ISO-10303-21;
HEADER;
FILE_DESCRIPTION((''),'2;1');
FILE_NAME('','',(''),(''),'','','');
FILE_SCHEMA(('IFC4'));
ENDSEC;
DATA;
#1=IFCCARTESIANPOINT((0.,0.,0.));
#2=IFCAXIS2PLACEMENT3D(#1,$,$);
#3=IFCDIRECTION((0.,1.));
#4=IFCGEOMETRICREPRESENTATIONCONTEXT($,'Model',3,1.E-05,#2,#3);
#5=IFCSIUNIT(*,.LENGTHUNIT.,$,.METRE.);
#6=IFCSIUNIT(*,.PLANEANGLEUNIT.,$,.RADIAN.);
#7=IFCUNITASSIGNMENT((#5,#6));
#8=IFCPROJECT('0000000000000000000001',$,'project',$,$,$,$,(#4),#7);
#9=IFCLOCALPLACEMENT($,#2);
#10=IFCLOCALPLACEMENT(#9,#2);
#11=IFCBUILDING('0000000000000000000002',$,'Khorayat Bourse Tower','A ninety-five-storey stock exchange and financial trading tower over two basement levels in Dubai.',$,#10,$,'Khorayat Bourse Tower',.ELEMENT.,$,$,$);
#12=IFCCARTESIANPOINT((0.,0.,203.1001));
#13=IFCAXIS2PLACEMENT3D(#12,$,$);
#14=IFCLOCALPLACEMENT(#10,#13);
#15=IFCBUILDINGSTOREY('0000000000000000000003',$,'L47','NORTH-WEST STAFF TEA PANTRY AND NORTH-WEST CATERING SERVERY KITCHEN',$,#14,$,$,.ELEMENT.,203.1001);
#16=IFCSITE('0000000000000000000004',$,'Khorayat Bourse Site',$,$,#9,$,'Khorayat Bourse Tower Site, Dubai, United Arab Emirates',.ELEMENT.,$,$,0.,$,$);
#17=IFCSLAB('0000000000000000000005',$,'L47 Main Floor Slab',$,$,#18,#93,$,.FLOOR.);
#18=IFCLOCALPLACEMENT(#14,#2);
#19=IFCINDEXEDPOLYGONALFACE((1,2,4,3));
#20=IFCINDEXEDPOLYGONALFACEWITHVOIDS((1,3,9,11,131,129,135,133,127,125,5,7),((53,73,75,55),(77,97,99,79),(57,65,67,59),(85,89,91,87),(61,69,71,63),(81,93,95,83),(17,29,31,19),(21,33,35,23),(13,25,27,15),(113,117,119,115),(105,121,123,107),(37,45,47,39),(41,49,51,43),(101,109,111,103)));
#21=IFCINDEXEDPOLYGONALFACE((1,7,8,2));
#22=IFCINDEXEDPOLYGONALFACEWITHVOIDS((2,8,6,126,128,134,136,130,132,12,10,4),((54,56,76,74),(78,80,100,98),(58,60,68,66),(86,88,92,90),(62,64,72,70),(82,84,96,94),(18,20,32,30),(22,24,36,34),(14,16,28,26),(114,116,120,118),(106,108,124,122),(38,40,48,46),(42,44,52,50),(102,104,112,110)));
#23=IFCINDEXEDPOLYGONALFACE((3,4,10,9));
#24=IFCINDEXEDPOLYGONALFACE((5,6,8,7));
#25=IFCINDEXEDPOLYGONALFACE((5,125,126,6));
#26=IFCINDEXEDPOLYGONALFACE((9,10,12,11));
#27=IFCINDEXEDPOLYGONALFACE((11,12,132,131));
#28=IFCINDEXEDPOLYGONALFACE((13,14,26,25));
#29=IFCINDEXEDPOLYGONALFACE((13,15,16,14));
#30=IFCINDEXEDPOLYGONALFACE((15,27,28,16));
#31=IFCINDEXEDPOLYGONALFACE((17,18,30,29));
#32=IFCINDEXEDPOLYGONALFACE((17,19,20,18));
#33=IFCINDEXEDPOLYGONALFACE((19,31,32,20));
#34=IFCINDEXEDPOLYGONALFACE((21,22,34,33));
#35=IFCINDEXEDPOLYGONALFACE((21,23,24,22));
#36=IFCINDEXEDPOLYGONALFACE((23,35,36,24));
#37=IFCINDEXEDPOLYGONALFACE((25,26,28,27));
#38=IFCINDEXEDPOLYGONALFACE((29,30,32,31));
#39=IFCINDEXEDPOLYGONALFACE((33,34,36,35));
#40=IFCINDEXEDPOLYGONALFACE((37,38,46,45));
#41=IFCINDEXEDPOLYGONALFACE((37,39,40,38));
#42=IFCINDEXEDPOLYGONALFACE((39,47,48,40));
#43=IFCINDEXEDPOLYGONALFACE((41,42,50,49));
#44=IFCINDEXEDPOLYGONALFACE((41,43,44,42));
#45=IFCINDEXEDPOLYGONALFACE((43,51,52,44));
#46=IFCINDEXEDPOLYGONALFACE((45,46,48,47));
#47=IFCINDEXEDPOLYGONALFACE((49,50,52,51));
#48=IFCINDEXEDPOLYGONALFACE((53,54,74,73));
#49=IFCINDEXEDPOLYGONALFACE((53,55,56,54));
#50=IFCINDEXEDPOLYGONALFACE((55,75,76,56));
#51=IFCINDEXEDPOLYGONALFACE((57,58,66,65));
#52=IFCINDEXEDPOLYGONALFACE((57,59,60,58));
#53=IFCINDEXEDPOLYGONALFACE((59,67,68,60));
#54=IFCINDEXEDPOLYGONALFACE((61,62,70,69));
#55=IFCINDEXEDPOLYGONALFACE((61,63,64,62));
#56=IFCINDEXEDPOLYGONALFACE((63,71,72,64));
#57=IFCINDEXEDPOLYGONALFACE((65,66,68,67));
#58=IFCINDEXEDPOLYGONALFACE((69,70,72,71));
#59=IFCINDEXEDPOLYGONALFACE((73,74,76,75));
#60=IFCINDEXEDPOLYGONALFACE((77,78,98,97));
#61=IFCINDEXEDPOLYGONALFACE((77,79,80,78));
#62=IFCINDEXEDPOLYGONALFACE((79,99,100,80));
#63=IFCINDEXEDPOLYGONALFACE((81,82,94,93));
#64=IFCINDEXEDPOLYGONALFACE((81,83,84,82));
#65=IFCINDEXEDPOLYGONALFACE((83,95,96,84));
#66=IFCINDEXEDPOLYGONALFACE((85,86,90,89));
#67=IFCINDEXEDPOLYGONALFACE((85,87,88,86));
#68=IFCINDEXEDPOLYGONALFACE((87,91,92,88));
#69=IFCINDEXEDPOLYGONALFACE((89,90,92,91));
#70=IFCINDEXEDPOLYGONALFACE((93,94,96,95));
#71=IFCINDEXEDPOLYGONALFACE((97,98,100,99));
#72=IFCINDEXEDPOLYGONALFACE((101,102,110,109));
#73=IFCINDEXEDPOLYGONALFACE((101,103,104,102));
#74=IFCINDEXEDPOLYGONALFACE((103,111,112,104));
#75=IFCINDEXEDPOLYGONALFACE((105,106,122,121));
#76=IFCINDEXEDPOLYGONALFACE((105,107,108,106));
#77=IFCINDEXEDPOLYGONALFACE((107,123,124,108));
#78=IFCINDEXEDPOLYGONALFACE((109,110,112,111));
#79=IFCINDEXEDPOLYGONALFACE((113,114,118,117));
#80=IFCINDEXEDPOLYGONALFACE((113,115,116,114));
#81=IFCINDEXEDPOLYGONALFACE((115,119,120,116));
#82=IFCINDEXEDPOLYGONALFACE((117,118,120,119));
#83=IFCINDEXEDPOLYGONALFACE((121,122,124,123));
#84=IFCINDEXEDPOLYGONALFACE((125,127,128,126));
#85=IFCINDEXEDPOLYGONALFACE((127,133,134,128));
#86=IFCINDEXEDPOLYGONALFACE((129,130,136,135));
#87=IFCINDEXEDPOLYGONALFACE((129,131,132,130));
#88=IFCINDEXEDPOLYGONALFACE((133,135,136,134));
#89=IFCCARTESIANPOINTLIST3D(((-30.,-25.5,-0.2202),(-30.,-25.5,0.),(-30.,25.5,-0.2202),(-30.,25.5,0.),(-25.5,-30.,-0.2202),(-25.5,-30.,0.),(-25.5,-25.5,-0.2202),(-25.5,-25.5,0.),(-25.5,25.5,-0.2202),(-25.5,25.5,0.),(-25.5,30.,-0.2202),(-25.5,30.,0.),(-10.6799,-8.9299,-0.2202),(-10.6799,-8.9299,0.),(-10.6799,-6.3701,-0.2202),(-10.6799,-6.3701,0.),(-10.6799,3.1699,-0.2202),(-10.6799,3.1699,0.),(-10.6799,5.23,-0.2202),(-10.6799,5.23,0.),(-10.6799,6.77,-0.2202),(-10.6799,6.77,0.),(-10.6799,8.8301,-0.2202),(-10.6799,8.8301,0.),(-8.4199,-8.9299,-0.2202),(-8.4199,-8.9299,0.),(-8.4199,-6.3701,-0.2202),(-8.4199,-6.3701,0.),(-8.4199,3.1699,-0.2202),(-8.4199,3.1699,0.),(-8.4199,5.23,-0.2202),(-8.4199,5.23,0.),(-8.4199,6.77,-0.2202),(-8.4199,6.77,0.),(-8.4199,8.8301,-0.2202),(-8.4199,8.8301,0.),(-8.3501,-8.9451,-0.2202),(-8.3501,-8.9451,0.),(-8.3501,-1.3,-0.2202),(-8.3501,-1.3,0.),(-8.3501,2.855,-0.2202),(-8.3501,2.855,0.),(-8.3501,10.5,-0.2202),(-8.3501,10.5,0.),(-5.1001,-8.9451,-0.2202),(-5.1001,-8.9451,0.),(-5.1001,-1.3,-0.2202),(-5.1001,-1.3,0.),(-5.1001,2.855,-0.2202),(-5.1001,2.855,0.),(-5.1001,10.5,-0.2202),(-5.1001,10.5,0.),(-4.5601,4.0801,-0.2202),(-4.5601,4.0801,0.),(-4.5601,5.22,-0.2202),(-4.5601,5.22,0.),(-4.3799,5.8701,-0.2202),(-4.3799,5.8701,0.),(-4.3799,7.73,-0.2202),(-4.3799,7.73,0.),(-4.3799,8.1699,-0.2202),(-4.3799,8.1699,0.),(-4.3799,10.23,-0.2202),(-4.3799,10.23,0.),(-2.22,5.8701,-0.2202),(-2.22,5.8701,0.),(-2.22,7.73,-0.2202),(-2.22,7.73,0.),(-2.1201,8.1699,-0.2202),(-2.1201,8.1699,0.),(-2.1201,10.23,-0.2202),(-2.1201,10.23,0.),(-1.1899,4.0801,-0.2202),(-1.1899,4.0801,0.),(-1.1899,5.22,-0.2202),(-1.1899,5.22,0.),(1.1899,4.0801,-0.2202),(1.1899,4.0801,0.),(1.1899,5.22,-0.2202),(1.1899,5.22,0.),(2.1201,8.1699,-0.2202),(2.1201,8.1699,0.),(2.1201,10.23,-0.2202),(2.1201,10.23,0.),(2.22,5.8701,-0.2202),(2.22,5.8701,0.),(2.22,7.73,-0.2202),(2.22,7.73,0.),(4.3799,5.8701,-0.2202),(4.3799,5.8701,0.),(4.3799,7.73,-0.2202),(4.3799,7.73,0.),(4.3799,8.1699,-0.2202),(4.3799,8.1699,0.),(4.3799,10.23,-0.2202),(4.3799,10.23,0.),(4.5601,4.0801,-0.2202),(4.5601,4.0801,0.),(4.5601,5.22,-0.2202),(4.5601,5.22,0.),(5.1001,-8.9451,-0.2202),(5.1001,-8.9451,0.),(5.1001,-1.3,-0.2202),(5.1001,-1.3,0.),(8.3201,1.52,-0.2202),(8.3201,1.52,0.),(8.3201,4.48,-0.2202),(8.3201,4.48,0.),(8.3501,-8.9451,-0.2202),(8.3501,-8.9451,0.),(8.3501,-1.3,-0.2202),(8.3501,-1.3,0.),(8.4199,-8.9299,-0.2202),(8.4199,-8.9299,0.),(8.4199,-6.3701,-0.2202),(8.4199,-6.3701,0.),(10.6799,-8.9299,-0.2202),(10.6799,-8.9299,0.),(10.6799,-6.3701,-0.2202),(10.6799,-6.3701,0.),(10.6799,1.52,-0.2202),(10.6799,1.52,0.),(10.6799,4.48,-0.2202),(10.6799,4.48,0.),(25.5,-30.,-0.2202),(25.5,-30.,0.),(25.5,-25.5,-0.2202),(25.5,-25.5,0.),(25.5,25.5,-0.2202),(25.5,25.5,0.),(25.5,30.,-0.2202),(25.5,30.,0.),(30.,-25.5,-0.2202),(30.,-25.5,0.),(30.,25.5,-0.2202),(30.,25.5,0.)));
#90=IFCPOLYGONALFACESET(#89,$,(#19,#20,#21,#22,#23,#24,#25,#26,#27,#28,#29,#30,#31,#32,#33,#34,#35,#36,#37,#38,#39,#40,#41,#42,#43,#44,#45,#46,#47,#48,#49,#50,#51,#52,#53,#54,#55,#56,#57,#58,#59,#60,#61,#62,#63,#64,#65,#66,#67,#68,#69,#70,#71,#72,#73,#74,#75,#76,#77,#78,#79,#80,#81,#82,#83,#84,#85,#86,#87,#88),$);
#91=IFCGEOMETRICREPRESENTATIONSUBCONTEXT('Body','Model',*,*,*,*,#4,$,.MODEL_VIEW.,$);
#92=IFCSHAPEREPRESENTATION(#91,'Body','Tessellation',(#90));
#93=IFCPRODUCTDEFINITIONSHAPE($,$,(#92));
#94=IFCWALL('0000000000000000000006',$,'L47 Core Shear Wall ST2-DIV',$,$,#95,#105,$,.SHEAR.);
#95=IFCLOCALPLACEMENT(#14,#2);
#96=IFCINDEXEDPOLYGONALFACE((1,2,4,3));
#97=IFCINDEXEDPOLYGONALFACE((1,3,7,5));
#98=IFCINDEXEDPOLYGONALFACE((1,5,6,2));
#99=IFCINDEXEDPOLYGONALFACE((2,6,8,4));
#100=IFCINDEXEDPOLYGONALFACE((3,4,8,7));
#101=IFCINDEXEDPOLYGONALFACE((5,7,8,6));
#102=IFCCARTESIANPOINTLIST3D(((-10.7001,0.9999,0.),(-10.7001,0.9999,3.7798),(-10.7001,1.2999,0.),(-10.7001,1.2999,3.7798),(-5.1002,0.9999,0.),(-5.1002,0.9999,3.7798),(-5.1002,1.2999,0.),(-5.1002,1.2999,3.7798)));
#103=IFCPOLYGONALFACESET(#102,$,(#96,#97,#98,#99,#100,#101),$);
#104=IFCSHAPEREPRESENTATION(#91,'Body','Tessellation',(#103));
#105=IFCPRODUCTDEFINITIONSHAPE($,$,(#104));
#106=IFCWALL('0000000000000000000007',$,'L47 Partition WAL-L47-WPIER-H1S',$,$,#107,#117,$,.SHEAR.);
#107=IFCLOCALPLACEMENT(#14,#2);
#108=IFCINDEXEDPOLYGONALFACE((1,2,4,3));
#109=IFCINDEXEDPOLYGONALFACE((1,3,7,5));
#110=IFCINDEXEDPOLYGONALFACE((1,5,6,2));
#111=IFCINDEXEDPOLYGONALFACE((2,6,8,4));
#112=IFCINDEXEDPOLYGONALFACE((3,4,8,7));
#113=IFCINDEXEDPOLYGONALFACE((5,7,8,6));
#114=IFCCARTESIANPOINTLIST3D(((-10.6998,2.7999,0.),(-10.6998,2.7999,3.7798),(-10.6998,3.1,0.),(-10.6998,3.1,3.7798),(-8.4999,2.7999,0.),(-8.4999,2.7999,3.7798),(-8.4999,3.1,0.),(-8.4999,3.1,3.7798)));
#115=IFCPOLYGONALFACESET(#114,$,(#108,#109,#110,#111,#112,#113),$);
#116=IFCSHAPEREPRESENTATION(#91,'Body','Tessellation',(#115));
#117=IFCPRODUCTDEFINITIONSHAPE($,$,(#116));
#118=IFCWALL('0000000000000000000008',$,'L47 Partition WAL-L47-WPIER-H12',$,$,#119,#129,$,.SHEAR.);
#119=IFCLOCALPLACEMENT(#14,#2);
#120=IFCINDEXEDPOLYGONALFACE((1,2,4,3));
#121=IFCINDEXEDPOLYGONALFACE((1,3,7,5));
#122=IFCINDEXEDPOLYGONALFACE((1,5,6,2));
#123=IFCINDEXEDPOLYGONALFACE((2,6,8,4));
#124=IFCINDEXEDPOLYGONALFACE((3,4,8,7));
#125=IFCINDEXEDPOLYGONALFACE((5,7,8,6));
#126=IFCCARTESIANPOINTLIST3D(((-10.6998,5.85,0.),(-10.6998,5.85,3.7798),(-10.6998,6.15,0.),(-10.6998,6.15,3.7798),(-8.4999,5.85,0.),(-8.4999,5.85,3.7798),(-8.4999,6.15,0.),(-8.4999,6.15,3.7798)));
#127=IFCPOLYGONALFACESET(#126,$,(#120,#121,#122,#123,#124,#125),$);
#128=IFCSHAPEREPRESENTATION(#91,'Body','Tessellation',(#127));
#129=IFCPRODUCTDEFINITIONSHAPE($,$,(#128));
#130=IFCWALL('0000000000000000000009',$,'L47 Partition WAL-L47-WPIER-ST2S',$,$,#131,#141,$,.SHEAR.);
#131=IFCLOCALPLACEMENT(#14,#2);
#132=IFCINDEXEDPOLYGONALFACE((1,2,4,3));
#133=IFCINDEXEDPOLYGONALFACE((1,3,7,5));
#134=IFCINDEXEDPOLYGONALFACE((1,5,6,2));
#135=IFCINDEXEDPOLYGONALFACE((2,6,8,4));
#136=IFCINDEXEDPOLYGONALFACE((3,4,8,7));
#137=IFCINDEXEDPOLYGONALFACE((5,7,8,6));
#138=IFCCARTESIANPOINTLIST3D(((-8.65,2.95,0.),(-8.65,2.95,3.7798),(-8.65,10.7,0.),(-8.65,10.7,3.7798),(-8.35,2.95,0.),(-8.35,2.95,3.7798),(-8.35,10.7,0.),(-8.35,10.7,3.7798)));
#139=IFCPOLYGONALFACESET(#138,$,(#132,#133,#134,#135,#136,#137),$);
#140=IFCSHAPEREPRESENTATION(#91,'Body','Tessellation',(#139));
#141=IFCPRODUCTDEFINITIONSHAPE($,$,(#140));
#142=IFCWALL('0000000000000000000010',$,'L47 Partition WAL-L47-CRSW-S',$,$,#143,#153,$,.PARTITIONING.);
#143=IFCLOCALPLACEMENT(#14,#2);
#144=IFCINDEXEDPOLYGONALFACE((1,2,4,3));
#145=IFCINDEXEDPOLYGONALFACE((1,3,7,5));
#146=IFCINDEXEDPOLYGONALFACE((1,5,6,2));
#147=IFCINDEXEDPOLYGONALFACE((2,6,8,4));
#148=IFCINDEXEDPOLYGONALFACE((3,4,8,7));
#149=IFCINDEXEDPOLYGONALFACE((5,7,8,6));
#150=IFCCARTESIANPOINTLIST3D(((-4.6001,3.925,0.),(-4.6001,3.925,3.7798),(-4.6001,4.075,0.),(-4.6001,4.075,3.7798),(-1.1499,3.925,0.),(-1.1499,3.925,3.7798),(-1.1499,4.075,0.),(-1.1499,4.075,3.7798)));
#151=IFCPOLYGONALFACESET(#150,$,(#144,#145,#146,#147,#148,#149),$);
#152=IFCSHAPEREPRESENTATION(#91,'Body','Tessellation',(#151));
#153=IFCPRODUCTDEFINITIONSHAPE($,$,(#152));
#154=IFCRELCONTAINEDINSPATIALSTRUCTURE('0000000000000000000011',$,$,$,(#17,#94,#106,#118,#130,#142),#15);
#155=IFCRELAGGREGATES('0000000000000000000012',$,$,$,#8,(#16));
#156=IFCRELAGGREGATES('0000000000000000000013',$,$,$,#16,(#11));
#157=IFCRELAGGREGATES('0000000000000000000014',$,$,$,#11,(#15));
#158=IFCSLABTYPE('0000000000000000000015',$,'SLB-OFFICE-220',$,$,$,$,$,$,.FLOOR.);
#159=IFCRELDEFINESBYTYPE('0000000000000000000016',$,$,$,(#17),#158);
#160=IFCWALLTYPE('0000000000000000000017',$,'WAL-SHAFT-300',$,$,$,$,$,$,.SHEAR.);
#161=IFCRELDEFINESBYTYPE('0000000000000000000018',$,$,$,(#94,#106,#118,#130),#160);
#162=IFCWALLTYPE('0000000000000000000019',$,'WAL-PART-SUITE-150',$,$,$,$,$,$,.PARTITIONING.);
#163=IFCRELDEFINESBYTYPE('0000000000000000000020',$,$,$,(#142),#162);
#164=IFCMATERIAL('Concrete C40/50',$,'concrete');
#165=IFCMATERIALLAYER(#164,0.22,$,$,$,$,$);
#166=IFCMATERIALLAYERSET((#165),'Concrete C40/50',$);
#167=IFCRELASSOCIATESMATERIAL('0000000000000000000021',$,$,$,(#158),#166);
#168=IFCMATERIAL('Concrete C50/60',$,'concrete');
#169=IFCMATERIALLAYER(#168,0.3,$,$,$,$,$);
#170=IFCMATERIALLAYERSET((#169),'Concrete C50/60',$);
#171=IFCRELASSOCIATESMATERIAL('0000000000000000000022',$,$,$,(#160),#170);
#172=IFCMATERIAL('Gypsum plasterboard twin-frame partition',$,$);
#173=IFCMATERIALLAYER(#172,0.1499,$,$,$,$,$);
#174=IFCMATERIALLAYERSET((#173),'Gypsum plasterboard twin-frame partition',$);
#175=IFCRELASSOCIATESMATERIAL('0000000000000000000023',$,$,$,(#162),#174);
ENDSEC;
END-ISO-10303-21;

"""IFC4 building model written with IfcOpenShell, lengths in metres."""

from ifc_helpers import new_model, si_unit, direction, frame, frame_2d, origin, place, context, subcontext, project, spatial, polyline, rectangle, outline, extrude, source, transform, mapped, material, layer, layer_set, type_object, element, save


model = new_model("IFC4")

# Units and contexts
model_context = context("Model", 3, precision=1e-05, world=origin(), true_north=direction((0.0, 1.0)))
body_context = subcontext(model_context, "Body", "Model", "MODEL_VIEW")
ifc_project = project(units=[si_unit("LENGTHUNIT", "METRE"), si_unit("PLANEANGLEUNIT", "RADIAN")], contexts=[model_context])

# Site, building, storey
site_placement = place(None, origin())
site = spatial("IfcSite", under=ifc_project, at=site_placement, Name="Khorayat Bourse Site", LongName="Khorayat Bourse Tower Site, Dubai, United Arab Emirates", CompositionType="ELEMENT", RefElevation=0.0)
building_placement = place(site_placement, origin())
building = spatial("IfcBuilding", under=site, at=building_placement, Name="Khorayat Bourse Tower", Description="A ninety-five-storey stock exchange and financial trading tower over two basement levels in Dubai.", LongName="Khorayat Bourse Tower", CompositionType="ELEMENT")
storey_placement = place(building_placement, frame((0.0, 0.0, 203.1001)))
storey = spatial("IfcBuildingStorey", under=building, at=storey_placement, Name="L47", Description="NORTH-WEST STAFF TEA PANTRY AND NORTH-WEST CATERING SERVERY KITCHEN", CompositionType="ELEMENT", Elevation=203.1001)

# Slab
ifc_material_1 = material(Name="Concrete C40/50", Category="concrete")
ifc_layer_1 = layer(ifc_material_1, 0.22)
ifc_layer_set_1 = layer_set([ifc_layer_1], Name="Concrete C40/50")
slab_type = type_object("IfcSlabType", Name="SLB-OFFICE-220", PredefinedType="FLOOR", material=ifc_layer_set_1)
slab_placement = place(storey_placement, frame((0.0, 0.0, -0.2202)))
element("IfcSlab", 1, at=slab_placement, inside=storey, type_object=slab_type, Name="L47 Main Floor Slab", PredefinedType="FLOOR", context=body_context, shape_type="SweptSolid", body=[
    extrude(outline(polyline([(-25.5, -30.0), (25.5, -30.0), (25.5, -25.5), (30.0, -25.5), (30.0, 25.5), (25.5, 25.5), (25.5, 30.0), (-25.5, 30.0), (-25.5, 25.5), (-30.0, 25.5), (-30.0, -25.5), (-25.5, -25.5), (-25.5, -30.0)]), holes=[polyline([(-8.3501, -8.9451), (-5.1001, -8.9451), (-5.1001, -1.3), (-8.3501, -1.3), (-8.3501, -8.9451)]), polyline([(-8.3501, 2.855), (-5.1001, 2.855), (-5.1001, 10.5), (-8.3501, 10.5), (-8.3501, 2.855)]), polyline([(5.1001, -8.9451), (8.3501, -8.9451), (8.3501, -1.3), (5.1001, -1.3), (5.1001, -8.9451)]), polyline([(-4.3799, 8.1699), (-2.1201, 8.1699), (-2.1201, 10.23), (-4.3799, 10.23), (-4.3799, 8.1699)]), polyline([(2.1201, 8.1699), (4.3799, 8.1699), (4.3799, 10.23), (2.1201, 10.23), (2.1201, 8.1699)]), polyline([(-4.3799, 5.8701), (-2.22, 5.8701), (-2.22, 7.73), (-4.3799, 7.73), (-4.3799, 5.8701)]), polyline([(2.22, 5.8701), (4.3799, 5.8701), (4.3799, 7.73), (2.22, 7.73), (2.22, 5.8701)]), polyline([(-10.6799, 3.1699), (-8.4199, 3.1699), (-8.4199, 5.23), (-10.6799, 5.23), (-10.6799, 3.1699)]), polyline([(-10.6799, 6.77), (-8.4199, 6.77), (-8.4199, 8.8301), (-10.6799, 8.8301), (-10.6799, 6.77)]), polyline([(-10.6799, -8.9299), (-8.4199, -8.9299), (-8.4199, -6.3701), (-10.6799, -6.3701), (-10.6799, -8.9299)]), polyline([(8.4199, -8.9299), (10.6799, -8.9299), (10.6799, -6.3701), (8.4199, -6.3701), (8.4199, -8.9299)]), polyline([(8.3201, 1.52), (10.6799, 1.52), (10.6799, 4.48), (8.3201, 4.48), (8.3201, 1.52)]), polyline([(-4.5601, 4.0801), (-1.1899, 4.0801), (-1.1899, 5.22), (-4.5601, 5.22), (-4.5601, 4.0801)]), polyline([(1.1899, 4.0801), (4.5601, 4.0801), (4.5601, 5.22), (1.1899, 5.22), (1.1899, 4.0801)])]), origin(), (0.0, 0.0, 1.0), 0.2202),
])

# Walls
ifc_material_2 = material(Name="Concrete C50/60", Category="concrete")
ifc_layer_2 = layer(ifc_material_2, 0.3)
ifc_layer_set_2 = layer_set([ifc_layer_2], Name="Concrete C50/60")
wall_type_1 = type_object("IfcWallType", Name="WAL-SHAFT-300", PredefinedType="SHEAR", material=ifc_layer_set_2)
shared_shape_1 = source(origin(), body_context, "Body", "SweptSolid", [
    extrude(rectangle(XDim=5.5999, YDim=0.3, at=frame_2d((2.7998, 0.0))), origin(), (0.0, 0.0, 1.0), 3.7798),
])
wall_1_placement = place(storey_placement, frame((-10.7, 1.1499, 0.0), z_axis=(0.0, 0.0, 1.0), x_axis=(1.0, 0.0, 0.0)))
element("IfcWall", 2, at=wall_1_placement, inside=storey, type_object=wall_type_1, Name="L47 Core Shear Wall ST2-DIV", PredefinedType="SHEAR", context=body_context, shape_type="MappedRepresentation", body=[
    mapped(shared_shape_1, transform((0.0, 0.0, 0.0), scale=1.0)),
])
shared_shape_2 = source(origin(), body_context, "Body", "SweptSolid", [
    extrude(rectangle(XDim=2.2, YDim=0.3, at=frame_2d((1.1001, 0.0))), origin(), (0.0, 0.0, 1.0), 3.7798),
])
for number, where, z_axis, x_axis, name in (
    (3, (-10.7, 2.95, 0.0), (0.0, 0.0, 1.0), (1.0, 0.0, 0.0), "L47 Partition WAL-L47-WPIER-H1S"),
    (4, (-10.7, 6.0, 0.0), (0.0, 0.0, 1.0), (1.0, 0.0, 0.0), "L47 Partition WAL-L47-WPIER-H12"),
):
    element("IfcWall", number, at=place(storey_placement, frame(where, z_axis=z_axis, x_axis=x_axis)), inside=storey, type_object=wall_type_1, Name=name, PredefinedType="SHEAR", context=body_context, shape_type="MappedRepresentation", body=[
        mapped(shared_shape_2, transform((0.0, 0.0, 0.0), scale=1.0)),
    ])
shared_shape_3 = source(origin(), body_context, "Body", "SweptSolid", [
    extrude(rectangle(XDim=7.75, YDim=0.3, at=frame_2d((3.875, 0.0))), origin(), (0.0, 0.0, 1.0), 3.7798),
])
wall_2_placement = place(storey_placement, frame((-8.5, 2.95, 0.0), z_axis=(0.0, 0.0, 1.0), x_axis=(0.0, 1.0, 0.0)))
element("IfcWall", 5, at=wall_2_placement, inside=storey, type_object=wall_type_1, Name="L47 Partition WAL-L47-WPIER-ST2S", PredefinedType="SHEAR", context=body_context, shape_type="MappedRepresentation", body=[
    mapped(shared_shape_3, transform((0.0, 0.0, 0.0), scale=1.0)),
])
ifc_material_3 = material(Name="Gypsum plasterboard twin-frame partition")
ifc_layer_3 = layer(ifc_material_3, 0.1499)
ifc_layer_set_3 = layer_set([ifc_layer_3], Name="Gypsum plasterboard twin-frame partition")
wall_type_2 = type_object("IfcWallType", Name="WAL-PART-SUITE-150", PredefinedType="PARTITIONING", material=ifc_layer_set_3)
shared_shape_4 = source(origin(), body_context, "Body", "SweptSolid", [
    extrude(rectangle(XDim=3.4502, YDim=0.1499, at=frame_2d((1.7251, 0.0))), origin(), (0.0, 0.0, 1.0), 3.7798),
])
wall_3_placement = place(storey_placement, frame((-4.6001, 4.0, 0.0), z_axis=(0.0, 0.0, 1.0), x_axis=(1.0, 0.0, 0.0)))
element("IfcWall", 6, at=wall_3_placement, inside=storey, type_object=wall_type_2, Name="L47 Partition WAL-L47-CRSW-S", PredefinedType="PARTITIONING", context=body_context, shape_type="MappedRepresentation", body=[
    mapped(shared_shape_4, transform((0.0, 0.0, 0.0), scale=1.0)),
])

save(model, "model.ifc")
